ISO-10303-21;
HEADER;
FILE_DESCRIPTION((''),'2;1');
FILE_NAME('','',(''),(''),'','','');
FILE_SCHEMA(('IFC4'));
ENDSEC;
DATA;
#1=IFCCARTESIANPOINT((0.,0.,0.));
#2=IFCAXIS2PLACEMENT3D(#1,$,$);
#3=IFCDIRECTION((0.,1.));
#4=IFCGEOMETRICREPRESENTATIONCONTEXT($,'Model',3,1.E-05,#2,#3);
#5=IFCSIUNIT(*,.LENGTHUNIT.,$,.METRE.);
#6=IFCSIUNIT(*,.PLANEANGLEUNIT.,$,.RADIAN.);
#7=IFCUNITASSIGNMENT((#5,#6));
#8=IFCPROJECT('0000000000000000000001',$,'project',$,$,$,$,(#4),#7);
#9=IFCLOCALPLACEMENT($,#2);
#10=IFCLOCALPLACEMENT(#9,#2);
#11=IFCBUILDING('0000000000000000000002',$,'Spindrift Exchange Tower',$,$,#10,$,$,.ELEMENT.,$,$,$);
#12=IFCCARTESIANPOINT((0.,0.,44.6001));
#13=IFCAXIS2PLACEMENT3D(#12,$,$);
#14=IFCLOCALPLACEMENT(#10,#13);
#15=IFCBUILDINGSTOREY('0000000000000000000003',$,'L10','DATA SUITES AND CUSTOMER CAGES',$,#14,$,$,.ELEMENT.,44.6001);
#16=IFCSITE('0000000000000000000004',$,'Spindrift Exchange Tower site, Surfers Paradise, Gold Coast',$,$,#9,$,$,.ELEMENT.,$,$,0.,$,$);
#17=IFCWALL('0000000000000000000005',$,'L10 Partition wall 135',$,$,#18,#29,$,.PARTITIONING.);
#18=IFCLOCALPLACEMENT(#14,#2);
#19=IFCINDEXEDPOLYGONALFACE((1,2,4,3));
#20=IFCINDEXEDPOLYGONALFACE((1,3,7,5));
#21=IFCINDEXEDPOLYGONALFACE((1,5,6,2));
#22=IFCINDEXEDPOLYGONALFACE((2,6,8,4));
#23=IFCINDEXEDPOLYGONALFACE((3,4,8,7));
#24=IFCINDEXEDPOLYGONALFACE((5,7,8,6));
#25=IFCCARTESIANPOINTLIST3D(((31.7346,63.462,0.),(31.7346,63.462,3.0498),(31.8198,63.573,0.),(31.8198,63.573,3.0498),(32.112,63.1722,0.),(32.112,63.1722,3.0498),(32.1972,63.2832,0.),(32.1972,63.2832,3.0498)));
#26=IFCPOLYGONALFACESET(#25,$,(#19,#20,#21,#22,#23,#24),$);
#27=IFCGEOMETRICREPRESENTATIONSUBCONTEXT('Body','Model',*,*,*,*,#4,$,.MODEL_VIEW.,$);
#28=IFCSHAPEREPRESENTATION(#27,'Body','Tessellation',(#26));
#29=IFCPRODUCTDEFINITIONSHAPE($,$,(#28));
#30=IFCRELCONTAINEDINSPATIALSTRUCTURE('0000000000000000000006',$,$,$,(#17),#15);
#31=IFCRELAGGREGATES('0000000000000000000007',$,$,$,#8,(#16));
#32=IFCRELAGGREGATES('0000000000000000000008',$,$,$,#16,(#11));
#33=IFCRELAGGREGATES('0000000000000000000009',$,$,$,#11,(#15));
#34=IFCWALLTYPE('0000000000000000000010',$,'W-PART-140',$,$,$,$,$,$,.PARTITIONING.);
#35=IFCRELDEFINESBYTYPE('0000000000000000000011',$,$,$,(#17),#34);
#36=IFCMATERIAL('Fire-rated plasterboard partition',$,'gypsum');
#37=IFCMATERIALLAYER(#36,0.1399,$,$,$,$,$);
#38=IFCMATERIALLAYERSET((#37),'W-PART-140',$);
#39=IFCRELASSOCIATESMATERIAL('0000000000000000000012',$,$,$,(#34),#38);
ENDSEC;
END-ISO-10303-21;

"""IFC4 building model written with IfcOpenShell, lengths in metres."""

from ifc_helpers import new_model, si_unit, direction, frame, frame_2d, origin, place, context, subcontext, project, spatial, rectangle, extrude, material, layer, layer_set, type_object, element, save


model = new_model("IFC4")

# Units and contexts
model_context = context("Model", 3, precision=1e-05, world=origin(), true_north=direction((0.0, 1.0)))
body_context = subcontext(model_context, "Body", "Model", "MODEL_VIEW")
ifc_project = project(units=[si_unit("LENGTHUNIT", "METRE"), si_unit("PLANEANGLEUNIT", "RADIAN")], contexts=[model_context])

# Site, building, storey
site_placement = place(None, origin())
site = spatial("IfcSite", under=ifc_project, at=site_placement, Name="Spindrift Exchange Tower site, Surfers Paradise, Gold Coast", CompositionType="ELEMENT", RefElevation=0.0)
building_placement = place(site_placement, origin())
building = spatial("IfcBuilding", under=site, at=building_placement, Name="Spindrift Exchange Tower", CompositionType="ELEMENT")
storey_placement = place(building_placement, frame((0.0, 0.0, 44.6001)))
storey = spatial("IfcBuildingStorey", under=building, at=storey_placement, Name="L10", Description="DATA SUITES AND CUSTOMER CAGES", CompositionType="ELEMENT", Elevation=44.6001)

# Wall
ifc_material_1 = material(Name="Fire-rated plasterboard partition", Category="gypsum")
ifc_layer_1 = layer(ifc_material_1, 0.1399)
ifc_layer_set_1 = layer_set([ifc_layer_1], Name="W-PART-140")
wall_type = type_object("IfcWallType", Name="W-PART-140", PredefinedType="PARTITIONING", material=ifc_layer_set_1)
wall_1_placement = place(storey_placement, frame((32.1545, 63.2278, 0.0), z_axis=(0.0, 0.0, 1.0), x_axis=(-0.793177, 0.608991, 0.0)))
element("IfcWall", 1, at=wall_1_placement, inside=storey, type_object=wall_type, Name="L10 Partition wall 135", PredefinedType="PARTITIONING", context=body_context, shape_type="SweptSolid", body=[
    extrude(rectangle(XDim=0.4758, YDim=0.1399, at=frame_2d((0.2378, 0.0))), origin(), (0.0, 0.0, 1.0), 3.0498),
])

save(model, "model.ifc")
